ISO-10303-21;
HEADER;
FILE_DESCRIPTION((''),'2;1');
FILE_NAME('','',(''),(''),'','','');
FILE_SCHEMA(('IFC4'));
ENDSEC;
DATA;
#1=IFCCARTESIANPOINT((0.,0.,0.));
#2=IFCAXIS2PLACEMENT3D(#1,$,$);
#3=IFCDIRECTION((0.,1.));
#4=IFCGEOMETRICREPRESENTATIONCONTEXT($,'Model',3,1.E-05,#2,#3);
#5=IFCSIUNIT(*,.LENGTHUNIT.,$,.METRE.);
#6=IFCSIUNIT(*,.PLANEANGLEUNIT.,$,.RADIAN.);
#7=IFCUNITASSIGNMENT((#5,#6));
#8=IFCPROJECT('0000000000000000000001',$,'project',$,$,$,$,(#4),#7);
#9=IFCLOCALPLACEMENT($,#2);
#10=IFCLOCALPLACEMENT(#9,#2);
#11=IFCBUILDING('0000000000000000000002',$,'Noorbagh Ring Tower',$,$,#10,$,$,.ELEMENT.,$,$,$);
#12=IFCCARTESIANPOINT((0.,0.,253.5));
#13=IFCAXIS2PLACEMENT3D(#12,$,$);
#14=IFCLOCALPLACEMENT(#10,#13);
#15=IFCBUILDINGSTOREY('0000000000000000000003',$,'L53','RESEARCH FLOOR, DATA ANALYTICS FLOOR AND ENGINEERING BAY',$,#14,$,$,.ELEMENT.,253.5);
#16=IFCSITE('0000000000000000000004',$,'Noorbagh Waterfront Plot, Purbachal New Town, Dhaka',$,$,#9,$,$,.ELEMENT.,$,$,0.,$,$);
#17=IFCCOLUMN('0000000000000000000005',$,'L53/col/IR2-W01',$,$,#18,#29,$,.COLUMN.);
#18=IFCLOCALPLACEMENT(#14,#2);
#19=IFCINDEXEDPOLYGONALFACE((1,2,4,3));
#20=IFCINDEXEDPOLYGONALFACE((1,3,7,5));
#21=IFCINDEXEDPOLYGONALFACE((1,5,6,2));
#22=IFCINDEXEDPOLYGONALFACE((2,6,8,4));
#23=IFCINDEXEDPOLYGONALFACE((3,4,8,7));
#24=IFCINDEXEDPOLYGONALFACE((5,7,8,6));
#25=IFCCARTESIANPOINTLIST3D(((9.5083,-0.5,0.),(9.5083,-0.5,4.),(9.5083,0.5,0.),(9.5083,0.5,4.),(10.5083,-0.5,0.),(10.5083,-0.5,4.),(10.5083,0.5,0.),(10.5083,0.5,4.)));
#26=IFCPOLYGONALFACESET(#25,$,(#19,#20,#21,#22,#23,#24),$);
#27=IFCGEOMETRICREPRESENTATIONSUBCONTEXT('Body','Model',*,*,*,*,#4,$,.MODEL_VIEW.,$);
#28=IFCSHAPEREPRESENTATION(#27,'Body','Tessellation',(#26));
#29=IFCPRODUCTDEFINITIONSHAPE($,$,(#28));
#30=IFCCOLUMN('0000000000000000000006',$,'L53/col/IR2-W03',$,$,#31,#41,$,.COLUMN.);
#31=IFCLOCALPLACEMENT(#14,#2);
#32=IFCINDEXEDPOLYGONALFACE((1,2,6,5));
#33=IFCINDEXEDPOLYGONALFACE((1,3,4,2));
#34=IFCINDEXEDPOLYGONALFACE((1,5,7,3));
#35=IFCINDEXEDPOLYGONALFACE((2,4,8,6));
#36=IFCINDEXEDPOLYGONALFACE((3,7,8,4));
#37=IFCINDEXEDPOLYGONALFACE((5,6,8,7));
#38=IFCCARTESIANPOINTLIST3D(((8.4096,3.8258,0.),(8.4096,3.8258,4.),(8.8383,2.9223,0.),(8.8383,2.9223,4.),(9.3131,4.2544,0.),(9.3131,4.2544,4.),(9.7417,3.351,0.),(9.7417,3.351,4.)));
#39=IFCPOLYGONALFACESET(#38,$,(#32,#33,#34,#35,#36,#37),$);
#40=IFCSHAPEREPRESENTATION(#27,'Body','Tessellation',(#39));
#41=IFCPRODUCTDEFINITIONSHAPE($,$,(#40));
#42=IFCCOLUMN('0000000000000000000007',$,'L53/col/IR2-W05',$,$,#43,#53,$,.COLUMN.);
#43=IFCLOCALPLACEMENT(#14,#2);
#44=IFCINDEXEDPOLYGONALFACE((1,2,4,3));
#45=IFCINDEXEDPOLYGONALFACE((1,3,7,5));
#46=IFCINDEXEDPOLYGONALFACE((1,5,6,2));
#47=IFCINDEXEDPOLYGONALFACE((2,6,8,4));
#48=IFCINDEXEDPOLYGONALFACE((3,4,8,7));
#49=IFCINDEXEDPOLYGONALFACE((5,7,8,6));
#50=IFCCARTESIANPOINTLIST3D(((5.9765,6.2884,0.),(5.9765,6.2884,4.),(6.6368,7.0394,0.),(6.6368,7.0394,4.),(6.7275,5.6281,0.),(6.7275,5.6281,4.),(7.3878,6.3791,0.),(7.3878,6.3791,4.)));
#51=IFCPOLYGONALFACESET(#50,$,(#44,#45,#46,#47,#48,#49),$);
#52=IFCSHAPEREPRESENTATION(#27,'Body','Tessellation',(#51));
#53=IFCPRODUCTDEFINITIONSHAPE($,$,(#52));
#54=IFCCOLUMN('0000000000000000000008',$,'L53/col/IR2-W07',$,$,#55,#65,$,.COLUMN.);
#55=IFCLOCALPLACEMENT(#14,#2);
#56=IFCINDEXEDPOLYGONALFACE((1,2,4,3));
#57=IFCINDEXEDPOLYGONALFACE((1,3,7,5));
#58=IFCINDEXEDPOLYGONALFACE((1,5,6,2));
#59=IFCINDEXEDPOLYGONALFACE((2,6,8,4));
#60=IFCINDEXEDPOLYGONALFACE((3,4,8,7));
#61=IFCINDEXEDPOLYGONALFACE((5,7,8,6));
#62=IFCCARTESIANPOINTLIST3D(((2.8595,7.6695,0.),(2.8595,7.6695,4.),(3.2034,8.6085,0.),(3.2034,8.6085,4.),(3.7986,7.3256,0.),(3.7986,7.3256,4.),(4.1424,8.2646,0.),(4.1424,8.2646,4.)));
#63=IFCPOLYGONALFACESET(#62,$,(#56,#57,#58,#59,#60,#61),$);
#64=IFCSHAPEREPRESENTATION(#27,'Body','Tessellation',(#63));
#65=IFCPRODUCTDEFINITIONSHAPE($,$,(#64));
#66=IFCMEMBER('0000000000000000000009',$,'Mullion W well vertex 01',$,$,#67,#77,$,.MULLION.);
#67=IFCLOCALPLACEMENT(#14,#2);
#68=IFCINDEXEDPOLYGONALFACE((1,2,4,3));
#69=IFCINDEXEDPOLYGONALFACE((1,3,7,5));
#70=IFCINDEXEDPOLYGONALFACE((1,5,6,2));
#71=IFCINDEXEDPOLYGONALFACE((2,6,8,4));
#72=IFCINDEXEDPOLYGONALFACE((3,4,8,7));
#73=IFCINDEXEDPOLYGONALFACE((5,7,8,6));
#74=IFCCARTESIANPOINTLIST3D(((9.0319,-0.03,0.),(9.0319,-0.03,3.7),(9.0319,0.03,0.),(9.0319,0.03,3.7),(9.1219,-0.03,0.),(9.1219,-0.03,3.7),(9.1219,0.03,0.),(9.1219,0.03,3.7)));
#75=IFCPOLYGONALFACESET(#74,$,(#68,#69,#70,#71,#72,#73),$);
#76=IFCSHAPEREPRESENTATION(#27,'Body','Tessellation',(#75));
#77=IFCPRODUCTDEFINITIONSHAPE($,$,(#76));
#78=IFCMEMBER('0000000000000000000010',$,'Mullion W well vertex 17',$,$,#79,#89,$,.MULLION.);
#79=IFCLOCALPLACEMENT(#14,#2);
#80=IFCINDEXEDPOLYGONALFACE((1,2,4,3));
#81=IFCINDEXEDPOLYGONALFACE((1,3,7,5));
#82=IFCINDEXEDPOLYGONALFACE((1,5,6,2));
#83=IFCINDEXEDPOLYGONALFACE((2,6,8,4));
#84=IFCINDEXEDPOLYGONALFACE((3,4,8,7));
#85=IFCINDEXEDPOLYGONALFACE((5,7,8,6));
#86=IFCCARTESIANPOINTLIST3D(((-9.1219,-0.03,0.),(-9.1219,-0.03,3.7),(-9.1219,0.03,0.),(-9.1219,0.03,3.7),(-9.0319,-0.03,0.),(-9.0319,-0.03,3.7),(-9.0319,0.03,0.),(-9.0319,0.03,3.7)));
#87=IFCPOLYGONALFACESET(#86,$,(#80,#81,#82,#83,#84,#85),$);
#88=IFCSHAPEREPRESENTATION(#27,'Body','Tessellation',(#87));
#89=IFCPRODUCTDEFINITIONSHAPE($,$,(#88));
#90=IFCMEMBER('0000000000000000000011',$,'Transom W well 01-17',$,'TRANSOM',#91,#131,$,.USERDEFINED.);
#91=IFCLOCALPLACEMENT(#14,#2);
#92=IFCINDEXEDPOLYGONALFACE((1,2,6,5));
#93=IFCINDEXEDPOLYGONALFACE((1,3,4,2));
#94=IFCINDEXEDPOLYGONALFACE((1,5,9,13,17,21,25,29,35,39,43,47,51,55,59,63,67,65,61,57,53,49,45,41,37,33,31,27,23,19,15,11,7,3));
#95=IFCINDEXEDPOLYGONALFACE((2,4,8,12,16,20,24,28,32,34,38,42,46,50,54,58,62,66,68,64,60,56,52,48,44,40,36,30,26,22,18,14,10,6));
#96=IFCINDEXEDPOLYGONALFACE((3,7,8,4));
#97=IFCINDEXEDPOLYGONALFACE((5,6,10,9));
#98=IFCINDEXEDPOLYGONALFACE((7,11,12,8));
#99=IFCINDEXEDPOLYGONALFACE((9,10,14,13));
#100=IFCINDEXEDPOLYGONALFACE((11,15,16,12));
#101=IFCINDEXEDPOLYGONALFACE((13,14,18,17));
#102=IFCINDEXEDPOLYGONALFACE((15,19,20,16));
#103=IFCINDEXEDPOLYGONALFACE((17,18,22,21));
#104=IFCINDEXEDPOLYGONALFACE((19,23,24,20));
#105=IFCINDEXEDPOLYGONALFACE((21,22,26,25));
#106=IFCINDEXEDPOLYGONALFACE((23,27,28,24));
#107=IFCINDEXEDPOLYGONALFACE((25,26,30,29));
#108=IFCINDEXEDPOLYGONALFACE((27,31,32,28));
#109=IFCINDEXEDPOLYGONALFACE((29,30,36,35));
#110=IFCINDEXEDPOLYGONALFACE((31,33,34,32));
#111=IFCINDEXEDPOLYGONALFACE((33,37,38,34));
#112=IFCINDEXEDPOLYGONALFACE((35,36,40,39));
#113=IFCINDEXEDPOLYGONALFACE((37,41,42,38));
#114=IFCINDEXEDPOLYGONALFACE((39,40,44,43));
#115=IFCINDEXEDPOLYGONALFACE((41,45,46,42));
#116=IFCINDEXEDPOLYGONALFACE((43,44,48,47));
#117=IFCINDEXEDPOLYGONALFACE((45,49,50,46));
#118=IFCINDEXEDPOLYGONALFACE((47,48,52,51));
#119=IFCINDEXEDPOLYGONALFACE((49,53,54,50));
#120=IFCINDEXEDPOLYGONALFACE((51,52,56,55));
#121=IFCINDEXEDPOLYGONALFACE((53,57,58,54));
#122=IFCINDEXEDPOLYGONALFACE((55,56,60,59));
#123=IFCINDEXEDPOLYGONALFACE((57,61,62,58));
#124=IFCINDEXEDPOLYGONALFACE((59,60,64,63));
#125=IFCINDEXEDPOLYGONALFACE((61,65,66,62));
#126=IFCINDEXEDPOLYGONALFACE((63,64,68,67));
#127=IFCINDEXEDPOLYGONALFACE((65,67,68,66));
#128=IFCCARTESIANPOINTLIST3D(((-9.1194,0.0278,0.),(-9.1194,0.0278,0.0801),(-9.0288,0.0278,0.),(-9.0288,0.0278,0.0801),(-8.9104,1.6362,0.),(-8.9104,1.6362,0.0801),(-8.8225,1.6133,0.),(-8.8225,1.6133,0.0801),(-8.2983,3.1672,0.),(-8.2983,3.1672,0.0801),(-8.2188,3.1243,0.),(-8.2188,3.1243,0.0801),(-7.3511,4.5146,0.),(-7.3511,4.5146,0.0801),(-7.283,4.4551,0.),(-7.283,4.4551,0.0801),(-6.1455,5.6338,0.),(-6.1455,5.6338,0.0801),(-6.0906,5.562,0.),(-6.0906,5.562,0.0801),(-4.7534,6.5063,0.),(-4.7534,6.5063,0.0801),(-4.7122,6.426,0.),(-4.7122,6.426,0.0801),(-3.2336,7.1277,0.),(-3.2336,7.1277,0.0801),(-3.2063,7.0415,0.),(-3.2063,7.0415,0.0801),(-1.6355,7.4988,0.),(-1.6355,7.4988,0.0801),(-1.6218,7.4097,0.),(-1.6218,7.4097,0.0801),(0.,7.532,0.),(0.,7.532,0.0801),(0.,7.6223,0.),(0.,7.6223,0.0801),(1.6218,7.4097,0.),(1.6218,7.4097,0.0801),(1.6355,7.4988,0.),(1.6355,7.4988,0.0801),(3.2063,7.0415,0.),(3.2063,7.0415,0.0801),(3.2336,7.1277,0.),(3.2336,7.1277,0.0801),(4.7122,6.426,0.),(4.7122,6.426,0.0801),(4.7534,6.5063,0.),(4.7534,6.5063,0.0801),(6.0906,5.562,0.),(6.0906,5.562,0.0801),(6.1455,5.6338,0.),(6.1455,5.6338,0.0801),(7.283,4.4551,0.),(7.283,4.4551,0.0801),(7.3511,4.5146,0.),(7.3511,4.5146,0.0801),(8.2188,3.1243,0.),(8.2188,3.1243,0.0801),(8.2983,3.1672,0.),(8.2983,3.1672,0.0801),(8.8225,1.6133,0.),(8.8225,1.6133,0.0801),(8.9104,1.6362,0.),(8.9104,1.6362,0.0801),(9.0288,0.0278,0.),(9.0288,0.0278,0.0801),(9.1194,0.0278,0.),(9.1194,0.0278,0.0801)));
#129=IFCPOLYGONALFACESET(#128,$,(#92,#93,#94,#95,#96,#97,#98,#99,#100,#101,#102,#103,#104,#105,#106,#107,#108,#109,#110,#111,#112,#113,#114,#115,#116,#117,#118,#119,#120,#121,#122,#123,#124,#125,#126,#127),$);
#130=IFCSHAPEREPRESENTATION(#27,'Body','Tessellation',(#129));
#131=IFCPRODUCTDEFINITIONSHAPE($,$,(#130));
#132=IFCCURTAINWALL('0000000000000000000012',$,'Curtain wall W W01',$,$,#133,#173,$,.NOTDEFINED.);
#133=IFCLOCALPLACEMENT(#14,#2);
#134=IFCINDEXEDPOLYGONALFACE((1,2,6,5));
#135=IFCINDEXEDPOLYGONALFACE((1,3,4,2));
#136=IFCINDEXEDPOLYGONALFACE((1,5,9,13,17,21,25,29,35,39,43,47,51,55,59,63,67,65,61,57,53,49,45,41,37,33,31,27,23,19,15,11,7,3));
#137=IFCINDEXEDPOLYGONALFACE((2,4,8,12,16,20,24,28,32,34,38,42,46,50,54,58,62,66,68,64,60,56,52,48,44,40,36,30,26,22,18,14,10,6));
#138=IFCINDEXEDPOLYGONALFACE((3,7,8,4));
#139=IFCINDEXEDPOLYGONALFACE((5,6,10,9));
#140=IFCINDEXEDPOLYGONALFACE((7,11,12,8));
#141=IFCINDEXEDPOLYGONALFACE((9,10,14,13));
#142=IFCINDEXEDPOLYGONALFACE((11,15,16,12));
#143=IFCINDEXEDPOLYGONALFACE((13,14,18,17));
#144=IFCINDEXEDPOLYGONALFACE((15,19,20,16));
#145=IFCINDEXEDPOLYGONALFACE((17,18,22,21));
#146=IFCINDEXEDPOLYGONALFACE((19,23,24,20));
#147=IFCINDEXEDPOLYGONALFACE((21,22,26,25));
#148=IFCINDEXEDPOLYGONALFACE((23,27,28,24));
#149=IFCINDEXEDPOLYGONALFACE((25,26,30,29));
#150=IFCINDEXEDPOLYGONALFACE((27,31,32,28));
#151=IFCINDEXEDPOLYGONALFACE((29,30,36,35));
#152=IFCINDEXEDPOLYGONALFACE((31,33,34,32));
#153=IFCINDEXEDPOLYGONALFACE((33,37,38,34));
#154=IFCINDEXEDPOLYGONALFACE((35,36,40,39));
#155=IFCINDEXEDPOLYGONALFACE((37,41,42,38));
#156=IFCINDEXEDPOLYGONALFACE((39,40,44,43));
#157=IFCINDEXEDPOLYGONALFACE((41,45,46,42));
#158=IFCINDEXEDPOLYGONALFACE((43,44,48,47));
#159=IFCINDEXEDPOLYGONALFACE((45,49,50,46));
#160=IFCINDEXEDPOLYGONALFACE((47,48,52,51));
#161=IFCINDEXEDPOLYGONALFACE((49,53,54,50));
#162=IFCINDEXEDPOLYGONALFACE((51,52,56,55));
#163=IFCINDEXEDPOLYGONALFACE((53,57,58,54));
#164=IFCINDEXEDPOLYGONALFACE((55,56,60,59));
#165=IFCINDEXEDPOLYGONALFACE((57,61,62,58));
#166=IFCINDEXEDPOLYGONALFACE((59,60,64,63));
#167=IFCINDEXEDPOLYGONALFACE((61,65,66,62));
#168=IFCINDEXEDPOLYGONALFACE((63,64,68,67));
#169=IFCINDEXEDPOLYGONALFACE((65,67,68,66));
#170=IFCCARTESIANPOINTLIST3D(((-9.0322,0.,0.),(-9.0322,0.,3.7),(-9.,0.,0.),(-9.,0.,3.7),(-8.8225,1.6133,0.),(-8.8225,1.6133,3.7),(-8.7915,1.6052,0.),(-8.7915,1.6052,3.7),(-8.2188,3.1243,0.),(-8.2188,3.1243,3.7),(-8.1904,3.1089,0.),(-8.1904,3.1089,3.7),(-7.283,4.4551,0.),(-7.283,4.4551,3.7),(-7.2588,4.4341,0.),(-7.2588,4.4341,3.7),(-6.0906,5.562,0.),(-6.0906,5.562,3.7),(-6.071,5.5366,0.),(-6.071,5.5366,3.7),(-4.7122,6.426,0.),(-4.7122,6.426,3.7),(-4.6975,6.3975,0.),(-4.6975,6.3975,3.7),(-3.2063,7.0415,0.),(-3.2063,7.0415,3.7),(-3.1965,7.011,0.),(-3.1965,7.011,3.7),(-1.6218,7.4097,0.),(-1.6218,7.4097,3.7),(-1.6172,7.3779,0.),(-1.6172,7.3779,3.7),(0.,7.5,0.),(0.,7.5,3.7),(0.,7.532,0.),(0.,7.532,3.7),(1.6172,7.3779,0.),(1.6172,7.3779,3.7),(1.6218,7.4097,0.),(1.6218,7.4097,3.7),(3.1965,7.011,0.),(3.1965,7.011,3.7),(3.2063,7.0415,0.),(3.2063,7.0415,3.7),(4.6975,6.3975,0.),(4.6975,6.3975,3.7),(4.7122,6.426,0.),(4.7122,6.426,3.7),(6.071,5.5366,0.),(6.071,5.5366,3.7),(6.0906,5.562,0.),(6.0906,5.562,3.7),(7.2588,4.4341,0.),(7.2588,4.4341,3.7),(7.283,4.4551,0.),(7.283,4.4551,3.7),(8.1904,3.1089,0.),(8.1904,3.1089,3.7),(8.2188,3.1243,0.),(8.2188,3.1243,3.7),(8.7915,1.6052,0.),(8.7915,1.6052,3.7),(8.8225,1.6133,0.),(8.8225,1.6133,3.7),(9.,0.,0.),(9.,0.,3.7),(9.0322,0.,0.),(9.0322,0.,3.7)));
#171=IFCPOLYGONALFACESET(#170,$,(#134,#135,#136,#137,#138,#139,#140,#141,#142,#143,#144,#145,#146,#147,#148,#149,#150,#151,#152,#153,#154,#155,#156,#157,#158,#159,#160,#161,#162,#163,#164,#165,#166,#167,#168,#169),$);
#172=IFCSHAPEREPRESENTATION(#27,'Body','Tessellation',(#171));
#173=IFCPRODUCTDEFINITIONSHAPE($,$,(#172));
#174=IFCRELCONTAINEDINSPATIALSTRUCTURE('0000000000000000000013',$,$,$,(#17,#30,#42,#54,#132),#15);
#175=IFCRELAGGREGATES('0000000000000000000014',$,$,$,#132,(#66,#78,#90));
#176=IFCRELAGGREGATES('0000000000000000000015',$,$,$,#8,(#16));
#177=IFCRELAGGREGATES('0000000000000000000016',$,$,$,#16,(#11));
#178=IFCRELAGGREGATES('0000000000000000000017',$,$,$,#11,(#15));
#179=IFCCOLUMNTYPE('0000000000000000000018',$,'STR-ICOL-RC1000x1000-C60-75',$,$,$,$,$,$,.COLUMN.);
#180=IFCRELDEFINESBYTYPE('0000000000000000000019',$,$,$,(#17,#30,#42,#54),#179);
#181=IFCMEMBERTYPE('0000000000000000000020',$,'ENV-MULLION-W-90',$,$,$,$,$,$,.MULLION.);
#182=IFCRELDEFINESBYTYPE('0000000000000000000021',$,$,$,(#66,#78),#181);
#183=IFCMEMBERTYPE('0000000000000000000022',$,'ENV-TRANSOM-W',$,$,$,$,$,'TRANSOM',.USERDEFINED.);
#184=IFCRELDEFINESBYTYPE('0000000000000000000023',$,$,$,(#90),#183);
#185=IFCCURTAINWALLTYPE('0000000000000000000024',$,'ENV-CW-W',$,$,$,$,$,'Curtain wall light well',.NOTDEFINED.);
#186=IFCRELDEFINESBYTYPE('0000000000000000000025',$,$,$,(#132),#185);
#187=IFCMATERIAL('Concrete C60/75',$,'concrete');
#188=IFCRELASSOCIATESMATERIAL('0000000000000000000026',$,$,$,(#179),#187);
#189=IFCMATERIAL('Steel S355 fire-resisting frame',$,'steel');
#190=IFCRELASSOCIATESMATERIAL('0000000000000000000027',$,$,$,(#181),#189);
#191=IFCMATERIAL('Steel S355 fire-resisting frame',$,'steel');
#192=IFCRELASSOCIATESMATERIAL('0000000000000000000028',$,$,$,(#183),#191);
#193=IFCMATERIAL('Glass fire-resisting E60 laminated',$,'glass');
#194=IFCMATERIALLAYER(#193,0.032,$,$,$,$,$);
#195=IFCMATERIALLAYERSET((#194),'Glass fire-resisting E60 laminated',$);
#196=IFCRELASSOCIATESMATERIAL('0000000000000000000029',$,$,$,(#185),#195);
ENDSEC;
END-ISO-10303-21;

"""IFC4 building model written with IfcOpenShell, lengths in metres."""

from ifc_helpers import new_model, si_unit, direction, frame, origin, origin_2d, place, context, subcontext, project, spatial, polyline, rectangle, outline, extrude, material, layer, layer_set, material_profile, profile_set, type_object, element, aggregate, save


model = new_model("IFC4")

# Units and contexts
model_context = context("Model", 3, precision=1e-05, world=origin(), true_north=direction((0.0, 1.0)))
body_context = subcontext(model_context, "Body", "Model", "MODEL_VIEW")
ifc_project = project(units=[si_unit("LENGTHUNIT", "METRE"), si_unit("PLANEANGLEUNIT", "RADIAN")], contexts=[model_context])

# Site, building, storey
site_placement = place(None, origin())
site = spatial("IfcSite", under=ifc_project, at=site_placement, Name="Noorbagh Waterfront Plot, Purbachal New Town, Dhaka", CompositionType="ELEMENT", RefElevation=0.0)
building_placement = place(site_placement, origin())
building = spatial("IfcBuilding", under=site, at=building_placement, Name="Noorbagh Ring Tower", CompositionType="ELEMENT")
storey_placement = place(building_placement, frame((0.0, 0.0, 253.5)))
storey = spatial("IfcBuildingStorey", under=building, at=storey_placement, Name="L53", Description="RESEARCH FLOOR, DATA ANALYTICS FLOOR AND ENGINEERING BAY", CompositionType="ELEMENT", Elevation=253.5)

# Columns
ifc_material_1 = material(Name="Concrete C60/75", Category="concrete")
ifc_material_profile_1 = material_profile(ifc_material_1, rectangle(XDim=1.0, YDim=1.0, at=origin_2d()), Name="RC1000x1000")
ifc_profile_set_1 = profile_set([ifc_material_profile_1], Name="Concrete C60/75")
column_type = type_object("IfcColumnType", Name="STR-ICOL-RC1000x1000-C60-75", PredefinedType="COLUMN", material=ifc_profile_set_1)
for number, where, z_axis, x_axis, name in (
    (1, (10.0083, 0.0, 0.0), (0.0, 0.0, 1.0), (0.0, 1.0, 0.0), "L53/col/IR2-W01"),
    (2, (9.0757, 3.5884, 0.0), (0.0, 0.0, 1.0), (-0.428667, 0.903463, 0.0), "L53/col/IR2-W03"),
    (3, (6.6821, 6.3337, 0.0), (0.0, 0.0, 1.0), (-0.751022, 0.660277, 0.0), "L53/col/IR2-W05"),
    (4, (3.501, 7.967, 0.0), (0.0, 0.0, 1.0), (-0.93902, 0.343864, 0.0), "L53/col/IR2-W07"),
):
    element("IfcColumn", number, at=place(storey_placement, frame(where, z_axis=z_axis, x_axis=x_axis)), inside=storey, type_object=column_type, Name=name, PredefinedType="COLUMN", context=body_context, shape_type="SweptSolid", body=[
        extrude(rectangle(XDim=1.0, YDim=1.0, at=origin_2d()), origin(), (0.0, 0.0, 1.0), 4.0),
    ])

# Members
ifc_material_2 = material(Name="Steel S355 fire-resisting frame", Category="steel")
ifc_material_profile_2 = material_profile(ifc_material_2, rectangle(XDim=0.0901, YDim=0.0601, at=origin_2d()), Name="90x60")
ifc_profile_set_2 = profile_set([ifc_material_profile_2], Name="Steel S355 fire-resisting frame")
member_type_1 = type_object("IfcMemberType", Name="ENV-MULLION-W-90", PredefinedType="MULLION", material=ifc_profile_set_2)
member_1_placement = place(storey_placement, frame((9.0769, 0.0, 0.0), z_axis=(0.0, 0.0, 1.0), x_axis=(1.0, 0.0, 0.0)))
member_1 = element("IfcMember", 5, at=member_1_placement, type_object=member_type_1, Name="Mullion W well vertex 01", PredefinedType="MULLION", context=body_context, shape_type="SweptSolid", body=[
    extrude(rectangle(XDim=0.0901, YDim=0.0601, at=origin_2d()), origin(), (0.0, 0.0, 1.0), 3.7),
])
member_2_placement = place(storey_placement, frame((-9.0769, 0.0, 0.0), z_axis=(0.0, 0.0, 1.0), x_axis=(-1.0, 0.0, 0.0)))
member_2 = element("IfcMember", 6, at=member_2_placement, type_object=member_type_1, Name="Mullion W well vertex 17", PredefinedType="MULLION", context=body_context, shape_type="SweptSolid", body=[
    extrude(rectangle(XDim=0.0901, YDim=0.0601, at=origin_2d()), origin(), (0.0, 0.0, 1.0), 3.7),
])
ifc_material_3 = material(Name="Steel S355 fire-resisting frame", Category="steel")
member_type_2 = type_object("IfcMemberType", Name="ENV-TRANSOM-W", ElementType="TRANSOM", PredefinedType="USERDEFINED", material=ifc_material_3)
member_3_placement = place(storey_placement, origin())
member_3 = element("IfcMember", 7, at=member_3_placement, type_object=member_type_2, Name="Transom W well 01-17", ObjectType="TRANSOM", PredefinedType="USERDEFINED", context=body_context, shape_type="SweptSolid", body=[
    extrude(outline(polyline([(9.1194, 0.0278), (8.9104, 1.6362), (8.2983, 3.1672), (7.3511, 4.5146), (6.1455, 5.6338), (4.7534, 6.5063), (3.2336, 7.1277), (1.6355, 7.4988), (0.0, 7.6223), (-1.6355, 7.4988), (-3.2336, 7.1277), (-4.7534, 6.5063), (-6.1455, 5.6338), (-7.3511, 4.5146), (-8.2983, 3.1672), (-8.9104, 1.6362), (-9.1194, 0.0278), (-9.0288, 0.0278), (-8.8225, 1.6133), (-8.2188, 3.1243), (-7.283, 4.4551), (-6.0906, 5.562), (-4.7122, 6.426), (-3.2063, 7.0415), (-1.6218, 7.4097), (0.0, 7.532), (1.6218, 7.4097), (3.2063, 7.0415), (4.7122, 6.426), (6.0906, 5.562), (7.283, 4.4551), (8.2188, 3.1243), (8.8225, 1.6133), (9.0288, 0.0278), (9.1194, 0.0278)])), origin(), (0.0, 0.0, 1.0), 0.0801),
])

# Curtain wall
ifc_material_4 = material(Name="Glass fire-resisting E60 laminated", Category="glass")
ifc_layer_1 = layer(ifc_material_4, 0.032)
ifc_layer_set_1 = layer_set([ifc_layer_1], Name="Glass fire-resisting E60 laminated")
curtain_wall_type = type_object("IfcCurtainWallType", Name="ENV-CW-W", ElementType="Curtain wall light well", PredefinedType="NOTDEFINED", material=ifc_layer_set_1)
curtain_wall_1_placement = place(storey_placement, origin())
curtain_wall_1 = element("IfcCurtainWall", 8, at=curtain_wall_1_placement, inside=storey, type_object=curtain_wall_type, Name="Curtain wall W W01", PredefinedType="NOTDEFINED", context=body_context, shape_type="SweptSolid", body=[
    extrude(outline(polyline([(9.0322, 0.0), (8.8225, 1.6133), (8.2188, 3.1243), (7.283, 4.4551), (6.0906, 5.562), (4.7122, 6.426), (3.2063, 7.0415), (1.6218, 7.4097), (0.0, 7.532), (-1.6218, 7.4097), (-3.2063, 7.0415), (-4.7122, 6.426), (-6.0906, 5.562), (-7.283, 4.4551), (-8.2188, 3.1243), (-8.8225, 1.6133), (-9.0322, 0.0), (-9.0, 0.0), (-8.7915, 1.6052), (-8.1904, 3.1089), (-7.2588, 4.4341), (-6.071, 5.5366), (-4.6975, 6.3975), (-3.1965, 7.011), (-1.6172, 7.3779), (0.0, 7.5), (1.6172, 7.3779), (3.1965, 7.011), (4.6975, 6.3975), (6.071, 5.5366), (7.2588, 4.4341), (8.1904, 3.1089), (8.7915, 1.6052), (9.0, 0.0), (9.0322, 0.0)])), origin(), (0.0, 0.0, 1.0), 3.7),
])
aggregate(curtain_wall_1, [member_1, member_2, member_3])

save(model, "model.ifc")
